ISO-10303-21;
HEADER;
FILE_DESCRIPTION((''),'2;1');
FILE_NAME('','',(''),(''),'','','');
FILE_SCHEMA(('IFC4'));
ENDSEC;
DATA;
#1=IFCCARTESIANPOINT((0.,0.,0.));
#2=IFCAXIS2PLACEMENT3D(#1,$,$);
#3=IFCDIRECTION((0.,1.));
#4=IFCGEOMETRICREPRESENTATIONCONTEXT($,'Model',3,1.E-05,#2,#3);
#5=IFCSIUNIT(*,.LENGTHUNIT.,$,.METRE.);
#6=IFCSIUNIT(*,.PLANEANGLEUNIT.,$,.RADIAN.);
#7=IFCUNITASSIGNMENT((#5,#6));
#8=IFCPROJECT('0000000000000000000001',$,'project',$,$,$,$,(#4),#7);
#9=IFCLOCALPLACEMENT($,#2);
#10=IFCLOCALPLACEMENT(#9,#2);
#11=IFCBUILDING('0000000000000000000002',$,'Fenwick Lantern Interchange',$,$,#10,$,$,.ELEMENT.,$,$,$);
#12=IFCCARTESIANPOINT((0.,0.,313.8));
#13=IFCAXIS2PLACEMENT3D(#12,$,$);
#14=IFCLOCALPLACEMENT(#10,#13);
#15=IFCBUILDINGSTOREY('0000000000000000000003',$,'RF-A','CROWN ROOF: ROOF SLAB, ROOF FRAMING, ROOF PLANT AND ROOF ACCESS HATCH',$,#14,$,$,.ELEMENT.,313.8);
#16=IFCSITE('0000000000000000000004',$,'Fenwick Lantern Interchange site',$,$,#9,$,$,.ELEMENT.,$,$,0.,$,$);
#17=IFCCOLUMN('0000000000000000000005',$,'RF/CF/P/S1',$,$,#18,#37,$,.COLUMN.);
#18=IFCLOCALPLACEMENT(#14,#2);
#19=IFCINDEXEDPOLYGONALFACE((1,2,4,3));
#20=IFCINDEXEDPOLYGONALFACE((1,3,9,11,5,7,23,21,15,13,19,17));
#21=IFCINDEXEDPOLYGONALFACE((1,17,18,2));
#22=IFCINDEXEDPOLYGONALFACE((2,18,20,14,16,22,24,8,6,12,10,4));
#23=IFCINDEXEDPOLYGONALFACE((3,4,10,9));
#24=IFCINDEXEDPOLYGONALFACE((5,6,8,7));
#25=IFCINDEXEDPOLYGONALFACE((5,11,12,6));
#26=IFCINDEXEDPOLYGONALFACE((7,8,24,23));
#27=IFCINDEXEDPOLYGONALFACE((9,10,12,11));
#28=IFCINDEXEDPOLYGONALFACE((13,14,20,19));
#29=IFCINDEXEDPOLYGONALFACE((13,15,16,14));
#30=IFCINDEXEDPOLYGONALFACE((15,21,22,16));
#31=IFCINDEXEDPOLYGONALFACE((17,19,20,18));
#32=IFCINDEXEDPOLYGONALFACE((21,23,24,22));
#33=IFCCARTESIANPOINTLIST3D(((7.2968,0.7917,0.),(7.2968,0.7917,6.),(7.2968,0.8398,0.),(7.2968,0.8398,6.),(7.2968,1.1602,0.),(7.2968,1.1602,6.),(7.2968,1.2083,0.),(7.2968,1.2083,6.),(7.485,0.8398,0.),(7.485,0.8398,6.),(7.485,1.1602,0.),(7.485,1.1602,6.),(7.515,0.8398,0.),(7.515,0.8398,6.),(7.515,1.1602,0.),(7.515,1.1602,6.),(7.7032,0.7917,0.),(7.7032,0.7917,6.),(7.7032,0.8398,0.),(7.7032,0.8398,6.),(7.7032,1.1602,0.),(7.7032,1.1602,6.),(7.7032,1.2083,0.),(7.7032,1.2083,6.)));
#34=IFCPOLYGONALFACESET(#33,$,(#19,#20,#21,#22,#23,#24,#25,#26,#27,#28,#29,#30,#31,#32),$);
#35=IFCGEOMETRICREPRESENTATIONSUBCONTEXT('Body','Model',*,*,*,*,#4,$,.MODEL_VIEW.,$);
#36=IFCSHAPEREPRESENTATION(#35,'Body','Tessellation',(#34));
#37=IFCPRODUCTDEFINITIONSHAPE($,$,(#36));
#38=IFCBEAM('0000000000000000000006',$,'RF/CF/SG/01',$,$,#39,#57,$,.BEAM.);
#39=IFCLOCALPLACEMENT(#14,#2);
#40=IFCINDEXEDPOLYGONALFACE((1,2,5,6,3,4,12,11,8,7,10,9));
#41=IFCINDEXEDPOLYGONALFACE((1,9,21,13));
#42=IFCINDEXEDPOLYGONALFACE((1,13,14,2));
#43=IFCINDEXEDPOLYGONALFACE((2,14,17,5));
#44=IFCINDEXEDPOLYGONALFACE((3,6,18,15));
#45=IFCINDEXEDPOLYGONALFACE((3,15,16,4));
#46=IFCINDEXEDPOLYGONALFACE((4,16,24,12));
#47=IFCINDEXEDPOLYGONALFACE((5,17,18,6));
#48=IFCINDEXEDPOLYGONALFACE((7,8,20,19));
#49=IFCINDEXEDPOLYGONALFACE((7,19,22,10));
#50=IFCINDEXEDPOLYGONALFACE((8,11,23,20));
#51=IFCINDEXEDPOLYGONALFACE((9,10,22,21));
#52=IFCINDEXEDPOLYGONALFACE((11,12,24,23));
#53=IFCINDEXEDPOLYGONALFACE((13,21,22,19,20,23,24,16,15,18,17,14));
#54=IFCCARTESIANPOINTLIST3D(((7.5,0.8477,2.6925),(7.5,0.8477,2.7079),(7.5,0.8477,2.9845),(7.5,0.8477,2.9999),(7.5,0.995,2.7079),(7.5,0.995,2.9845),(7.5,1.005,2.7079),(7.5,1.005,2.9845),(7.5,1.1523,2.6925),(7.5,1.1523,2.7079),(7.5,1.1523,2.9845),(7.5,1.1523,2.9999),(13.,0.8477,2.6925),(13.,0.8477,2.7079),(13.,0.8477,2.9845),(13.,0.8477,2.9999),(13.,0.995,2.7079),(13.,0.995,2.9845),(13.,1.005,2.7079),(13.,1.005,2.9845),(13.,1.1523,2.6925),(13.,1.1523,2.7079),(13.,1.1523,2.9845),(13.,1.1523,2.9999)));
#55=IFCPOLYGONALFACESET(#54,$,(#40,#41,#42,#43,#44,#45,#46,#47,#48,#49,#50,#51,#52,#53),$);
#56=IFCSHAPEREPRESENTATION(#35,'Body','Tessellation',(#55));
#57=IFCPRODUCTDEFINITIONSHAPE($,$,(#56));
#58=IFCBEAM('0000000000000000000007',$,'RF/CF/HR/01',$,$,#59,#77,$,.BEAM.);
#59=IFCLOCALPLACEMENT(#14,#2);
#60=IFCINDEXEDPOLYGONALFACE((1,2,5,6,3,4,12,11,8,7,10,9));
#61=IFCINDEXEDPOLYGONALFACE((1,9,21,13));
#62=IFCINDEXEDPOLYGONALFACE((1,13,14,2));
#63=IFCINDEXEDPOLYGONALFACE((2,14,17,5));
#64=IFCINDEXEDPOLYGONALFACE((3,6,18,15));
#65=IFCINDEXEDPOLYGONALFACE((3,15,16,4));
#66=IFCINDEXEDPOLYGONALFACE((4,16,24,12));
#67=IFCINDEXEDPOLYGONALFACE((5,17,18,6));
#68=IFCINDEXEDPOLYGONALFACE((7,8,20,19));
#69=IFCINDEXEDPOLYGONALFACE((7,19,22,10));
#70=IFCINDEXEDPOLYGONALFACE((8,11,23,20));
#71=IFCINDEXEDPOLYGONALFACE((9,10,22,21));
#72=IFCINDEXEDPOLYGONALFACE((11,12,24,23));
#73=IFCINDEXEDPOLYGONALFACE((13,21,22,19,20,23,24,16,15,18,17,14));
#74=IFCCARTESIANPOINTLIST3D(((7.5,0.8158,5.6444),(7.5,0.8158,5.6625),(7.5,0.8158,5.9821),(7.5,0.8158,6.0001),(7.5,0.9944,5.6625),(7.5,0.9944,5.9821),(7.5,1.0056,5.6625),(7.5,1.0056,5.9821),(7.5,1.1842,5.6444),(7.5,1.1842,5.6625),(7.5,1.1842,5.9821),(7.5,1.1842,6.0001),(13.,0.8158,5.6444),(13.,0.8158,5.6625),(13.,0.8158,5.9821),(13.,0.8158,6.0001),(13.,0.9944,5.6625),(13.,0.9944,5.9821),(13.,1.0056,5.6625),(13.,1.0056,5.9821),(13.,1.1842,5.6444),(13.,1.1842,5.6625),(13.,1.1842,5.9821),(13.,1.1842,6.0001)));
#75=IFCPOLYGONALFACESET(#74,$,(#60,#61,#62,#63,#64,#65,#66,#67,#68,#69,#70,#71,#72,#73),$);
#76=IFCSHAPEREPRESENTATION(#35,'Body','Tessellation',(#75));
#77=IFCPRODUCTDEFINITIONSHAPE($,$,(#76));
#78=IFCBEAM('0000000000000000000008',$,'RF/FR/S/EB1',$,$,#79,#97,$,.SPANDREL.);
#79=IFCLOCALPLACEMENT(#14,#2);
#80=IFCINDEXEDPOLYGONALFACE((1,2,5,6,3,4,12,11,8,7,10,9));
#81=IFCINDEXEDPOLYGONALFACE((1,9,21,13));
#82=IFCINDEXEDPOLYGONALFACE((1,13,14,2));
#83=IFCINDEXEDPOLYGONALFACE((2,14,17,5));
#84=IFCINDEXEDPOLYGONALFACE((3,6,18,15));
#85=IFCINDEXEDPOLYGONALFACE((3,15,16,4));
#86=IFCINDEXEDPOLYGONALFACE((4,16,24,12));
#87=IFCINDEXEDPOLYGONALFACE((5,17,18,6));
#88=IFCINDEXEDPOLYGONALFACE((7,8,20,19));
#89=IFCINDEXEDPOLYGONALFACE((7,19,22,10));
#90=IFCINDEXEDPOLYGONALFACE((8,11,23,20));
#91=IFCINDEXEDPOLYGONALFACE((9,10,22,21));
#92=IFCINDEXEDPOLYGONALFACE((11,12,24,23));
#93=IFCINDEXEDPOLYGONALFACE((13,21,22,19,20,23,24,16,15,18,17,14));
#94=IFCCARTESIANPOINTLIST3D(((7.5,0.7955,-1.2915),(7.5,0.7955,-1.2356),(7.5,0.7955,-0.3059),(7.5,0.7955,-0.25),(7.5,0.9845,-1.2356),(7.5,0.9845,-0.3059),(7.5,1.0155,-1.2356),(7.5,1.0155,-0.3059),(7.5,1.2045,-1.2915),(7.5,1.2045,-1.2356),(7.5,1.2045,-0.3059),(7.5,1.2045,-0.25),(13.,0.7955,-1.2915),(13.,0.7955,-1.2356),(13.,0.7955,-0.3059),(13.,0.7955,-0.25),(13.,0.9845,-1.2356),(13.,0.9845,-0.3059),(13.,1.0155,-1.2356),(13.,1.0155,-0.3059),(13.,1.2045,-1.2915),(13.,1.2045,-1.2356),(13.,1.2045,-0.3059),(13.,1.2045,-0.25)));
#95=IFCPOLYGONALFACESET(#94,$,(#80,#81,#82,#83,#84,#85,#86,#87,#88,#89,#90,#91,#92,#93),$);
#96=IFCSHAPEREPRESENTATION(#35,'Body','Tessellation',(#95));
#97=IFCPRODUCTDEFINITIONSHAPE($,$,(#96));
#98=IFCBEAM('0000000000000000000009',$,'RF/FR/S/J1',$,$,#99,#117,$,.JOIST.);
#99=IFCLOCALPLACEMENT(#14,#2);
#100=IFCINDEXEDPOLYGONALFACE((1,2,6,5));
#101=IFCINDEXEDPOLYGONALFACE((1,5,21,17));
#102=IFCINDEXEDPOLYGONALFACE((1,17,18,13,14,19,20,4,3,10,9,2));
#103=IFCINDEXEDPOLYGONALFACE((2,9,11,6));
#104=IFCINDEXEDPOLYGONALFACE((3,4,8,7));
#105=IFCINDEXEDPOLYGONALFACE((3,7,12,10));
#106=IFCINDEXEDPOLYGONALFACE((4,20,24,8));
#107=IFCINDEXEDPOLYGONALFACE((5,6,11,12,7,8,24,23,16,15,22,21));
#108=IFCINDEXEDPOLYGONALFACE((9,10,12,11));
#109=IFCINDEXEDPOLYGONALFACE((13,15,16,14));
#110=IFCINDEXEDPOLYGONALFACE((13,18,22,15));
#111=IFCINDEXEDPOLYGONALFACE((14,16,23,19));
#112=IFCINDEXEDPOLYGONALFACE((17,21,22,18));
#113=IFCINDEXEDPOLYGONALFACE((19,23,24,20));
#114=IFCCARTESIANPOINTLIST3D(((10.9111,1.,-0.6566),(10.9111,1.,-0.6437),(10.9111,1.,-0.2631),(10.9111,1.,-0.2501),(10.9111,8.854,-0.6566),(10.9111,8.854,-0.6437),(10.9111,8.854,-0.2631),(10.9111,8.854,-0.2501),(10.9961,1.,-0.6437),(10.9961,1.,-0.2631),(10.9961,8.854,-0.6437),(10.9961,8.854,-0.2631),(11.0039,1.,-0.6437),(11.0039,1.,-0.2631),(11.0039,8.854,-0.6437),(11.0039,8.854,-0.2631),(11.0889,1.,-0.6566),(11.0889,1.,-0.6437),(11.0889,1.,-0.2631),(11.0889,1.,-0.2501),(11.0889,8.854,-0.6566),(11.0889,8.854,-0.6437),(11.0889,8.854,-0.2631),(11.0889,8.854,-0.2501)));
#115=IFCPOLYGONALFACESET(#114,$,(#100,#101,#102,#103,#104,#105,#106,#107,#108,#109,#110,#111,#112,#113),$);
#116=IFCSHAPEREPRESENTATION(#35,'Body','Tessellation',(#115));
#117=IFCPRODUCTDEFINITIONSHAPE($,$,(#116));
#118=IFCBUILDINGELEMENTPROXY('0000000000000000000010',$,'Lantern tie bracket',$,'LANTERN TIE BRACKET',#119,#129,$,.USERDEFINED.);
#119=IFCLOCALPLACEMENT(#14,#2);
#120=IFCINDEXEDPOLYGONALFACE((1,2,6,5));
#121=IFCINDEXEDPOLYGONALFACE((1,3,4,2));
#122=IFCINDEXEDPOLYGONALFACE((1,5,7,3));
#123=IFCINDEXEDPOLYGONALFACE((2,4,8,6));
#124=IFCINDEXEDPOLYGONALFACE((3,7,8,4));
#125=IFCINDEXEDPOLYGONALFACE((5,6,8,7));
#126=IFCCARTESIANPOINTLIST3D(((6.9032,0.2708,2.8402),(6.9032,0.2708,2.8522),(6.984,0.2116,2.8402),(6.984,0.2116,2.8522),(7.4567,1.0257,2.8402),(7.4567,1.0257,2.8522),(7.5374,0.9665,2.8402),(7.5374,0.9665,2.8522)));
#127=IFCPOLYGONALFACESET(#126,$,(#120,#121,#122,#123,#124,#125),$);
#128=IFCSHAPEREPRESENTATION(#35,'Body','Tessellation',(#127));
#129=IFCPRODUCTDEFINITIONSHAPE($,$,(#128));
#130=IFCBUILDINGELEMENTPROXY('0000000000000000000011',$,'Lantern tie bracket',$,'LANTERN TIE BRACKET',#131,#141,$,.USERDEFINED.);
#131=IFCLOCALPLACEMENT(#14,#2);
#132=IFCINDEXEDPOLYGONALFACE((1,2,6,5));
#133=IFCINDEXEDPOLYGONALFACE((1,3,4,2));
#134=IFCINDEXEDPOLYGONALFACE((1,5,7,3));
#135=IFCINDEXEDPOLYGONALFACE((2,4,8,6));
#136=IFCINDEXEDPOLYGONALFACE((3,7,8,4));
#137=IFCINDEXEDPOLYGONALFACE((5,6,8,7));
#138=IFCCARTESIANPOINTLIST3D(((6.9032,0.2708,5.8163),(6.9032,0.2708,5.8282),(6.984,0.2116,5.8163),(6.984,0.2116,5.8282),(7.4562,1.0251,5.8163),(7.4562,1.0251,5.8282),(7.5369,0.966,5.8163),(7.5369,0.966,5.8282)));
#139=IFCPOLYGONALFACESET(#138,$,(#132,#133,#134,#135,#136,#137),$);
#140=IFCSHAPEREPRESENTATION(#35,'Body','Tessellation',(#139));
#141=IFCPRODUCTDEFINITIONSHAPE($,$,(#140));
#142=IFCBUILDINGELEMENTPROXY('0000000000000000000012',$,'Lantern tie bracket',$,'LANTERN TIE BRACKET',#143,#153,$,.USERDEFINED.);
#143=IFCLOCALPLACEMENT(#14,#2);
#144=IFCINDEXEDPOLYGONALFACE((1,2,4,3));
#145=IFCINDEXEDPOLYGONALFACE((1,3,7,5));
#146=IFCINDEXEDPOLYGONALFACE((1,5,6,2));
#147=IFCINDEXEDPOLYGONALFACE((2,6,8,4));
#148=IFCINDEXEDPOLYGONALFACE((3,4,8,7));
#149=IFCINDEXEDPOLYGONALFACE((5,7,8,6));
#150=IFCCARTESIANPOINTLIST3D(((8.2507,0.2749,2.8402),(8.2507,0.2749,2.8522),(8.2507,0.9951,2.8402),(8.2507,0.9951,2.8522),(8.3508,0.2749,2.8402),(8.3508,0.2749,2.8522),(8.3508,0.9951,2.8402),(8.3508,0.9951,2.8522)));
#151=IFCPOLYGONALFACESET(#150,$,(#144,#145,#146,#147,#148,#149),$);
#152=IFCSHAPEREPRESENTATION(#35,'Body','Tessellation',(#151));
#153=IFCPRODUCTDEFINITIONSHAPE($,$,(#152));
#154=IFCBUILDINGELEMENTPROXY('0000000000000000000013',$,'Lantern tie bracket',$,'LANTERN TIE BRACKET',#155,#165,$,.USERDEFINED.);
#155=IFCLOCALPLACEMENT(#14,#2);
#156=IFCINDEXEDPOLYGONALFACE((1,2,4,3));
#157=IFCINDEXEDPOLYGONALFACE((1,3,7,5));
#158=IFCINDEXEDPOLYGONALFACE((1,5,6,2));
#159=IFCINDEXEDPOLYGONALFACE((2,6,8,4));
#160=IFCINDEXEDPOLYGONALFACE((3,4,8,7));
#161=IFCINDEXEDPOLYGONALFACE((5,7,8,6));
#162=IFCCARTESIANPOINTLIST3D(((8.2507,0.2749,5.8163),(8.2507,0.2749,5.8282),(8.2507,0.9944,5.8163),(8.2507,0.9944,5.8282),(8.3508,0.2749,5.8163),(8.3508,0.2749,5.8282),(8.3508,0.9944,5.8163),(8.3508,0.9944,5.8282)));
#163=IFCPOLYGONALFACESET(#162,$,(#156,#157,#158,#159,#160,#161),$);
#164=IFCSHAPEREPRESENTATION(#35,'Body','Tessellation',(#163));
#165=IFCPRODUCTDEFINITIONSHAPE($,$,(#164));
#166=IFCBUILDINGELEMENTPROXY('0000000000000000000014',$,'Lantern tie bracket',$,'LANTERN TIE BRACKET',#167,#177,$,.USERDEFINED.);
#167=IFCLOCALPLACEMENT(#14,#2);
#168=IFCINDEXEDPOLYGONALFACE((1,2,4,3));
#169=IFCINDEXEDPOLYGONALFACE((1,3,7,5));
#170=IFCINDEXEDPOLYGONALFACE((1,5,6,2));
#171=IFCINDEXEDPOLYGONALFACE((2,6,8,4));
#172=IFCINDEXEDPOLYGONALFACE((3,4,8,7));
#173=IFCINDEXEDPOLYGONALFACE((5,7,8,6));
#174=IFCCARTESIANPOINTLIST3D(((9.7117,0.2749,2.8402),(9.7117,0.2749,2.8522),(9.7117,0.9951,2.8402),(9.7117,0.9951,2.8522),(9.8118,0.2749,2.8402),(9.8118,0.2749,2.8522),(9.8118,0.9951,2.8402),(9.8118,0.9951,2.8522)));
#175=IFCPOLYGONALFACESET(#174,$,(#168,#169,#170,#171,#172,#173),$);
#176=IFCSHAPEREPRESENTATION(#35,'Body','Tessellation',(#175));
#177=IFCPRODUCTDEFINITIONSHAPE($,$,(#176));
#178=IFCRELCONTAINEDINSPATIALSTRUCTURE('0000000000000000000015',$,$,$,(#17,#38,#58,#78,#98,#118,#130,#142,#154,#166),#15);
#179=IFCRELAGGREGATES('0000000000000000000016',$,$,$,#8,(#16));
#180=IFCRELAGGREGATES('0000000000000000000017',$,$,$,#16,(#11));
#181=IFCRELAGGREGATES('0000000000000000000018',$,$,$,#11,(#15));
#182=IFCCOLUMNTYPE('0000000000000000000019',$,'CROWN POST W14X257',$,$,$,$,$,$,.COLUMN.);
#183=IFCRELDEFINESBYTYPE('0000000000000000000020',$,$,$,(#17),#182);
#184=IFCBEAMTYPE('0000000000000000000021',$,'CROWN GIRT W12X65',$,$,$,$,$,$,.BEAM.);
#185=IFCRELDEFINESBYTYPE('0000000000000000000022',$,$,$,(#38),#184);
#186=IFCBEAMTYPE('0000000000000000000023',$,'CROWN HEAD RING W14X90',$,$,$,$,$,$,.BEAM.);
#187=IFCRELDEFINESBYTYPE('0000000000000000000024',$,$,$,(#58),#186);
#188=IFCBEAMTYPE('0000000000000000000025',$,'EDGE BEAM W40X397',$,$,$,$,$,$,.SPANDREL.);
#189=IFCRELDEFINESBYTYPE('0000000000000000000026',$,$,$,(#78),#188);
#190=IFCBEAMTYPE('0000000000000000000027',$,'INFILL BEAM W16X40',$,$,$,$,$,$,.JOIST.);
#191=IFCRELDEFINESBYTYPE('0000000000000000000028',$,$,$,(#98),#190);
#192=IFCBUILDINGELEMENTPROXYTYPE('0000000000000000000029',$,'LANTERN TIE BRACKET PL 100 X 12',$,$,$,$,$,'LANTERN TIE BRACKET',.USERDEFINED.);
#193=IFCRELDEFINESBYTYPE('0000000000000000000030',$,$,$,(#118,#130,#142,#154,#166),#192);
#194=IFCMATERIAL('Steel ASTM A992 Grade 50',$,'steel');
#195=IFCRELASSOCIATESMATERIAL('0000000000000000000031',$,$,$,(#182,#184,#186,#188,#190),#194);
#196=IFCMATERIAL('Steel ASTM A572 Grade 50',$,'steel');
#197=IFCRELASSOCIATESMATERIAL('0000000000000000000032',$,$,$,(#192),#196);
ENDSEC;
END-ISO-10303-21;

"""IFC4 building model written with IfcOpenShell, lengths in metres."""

from ifc_helpers import new_model, si_unit, direction, frame, origin, origin_2d, place, context, subcontext, project, spatial, rectangle, i_section, extrude, material, material_profile, profile_set, type_object, element, save


model = new_model("IFC4")

# Units and contexts
model_context = context("Model", 3, precision=1e-05, world=origin(), true_north=direction((0.0, 1.0)))
body_context = subcontext(model_context, "Body", "Model", "MODEL_VIEW")
ifc_project = project(units=[si_unit("LENGTHUNIT", "METRE"), si_unit("PLANEANGLEUNIT", "RADIAN")], contexts=[model_context])

# Site, building, storey
site_placement = place(None, origin())
site = spatial("IfcSite", under=ifc_project, at=site_placement, Name="Fenwick Lantern Interchange site", CompositionType="ELEMENT", RefElevation=0.0)
building_placement = place(site_placement, origin())
building = spatial("IfcBuilding", under=site, at=building_placement, Name="Fenwick Lantern Interchange", CompositionType="ELEMENT")
storey_placement = place(building_placement, frame((0.0, 0.0, 313.8)))
storey = spatial("IfcBuildingStorey", under=building, at=storey_placement, Name="RF-A", Description="CROWN ROOF: ROOF SLAB, ROOF FRAMING, ROOF PLANT AND ROOF ACCESS HATCH", CompositionType="ELEMENT", Elevation=313.8)

# Column
ifc_material_1 = material(Name="Steel ASTM A992 Grade 50", Category="steel")
ifc_material_profile_1 = material_profile(ifc_material_1, i_section(OverallWidth=0.4065, OverallDepth=0.4165, WebThickness=0.03, FlangeThickness=0.0481, at=origin_2d()), Name="W14X257")
ifc_profile_set_1 = profile_set([ifc_material_profile_1], Name="Steel ASTM A992 Grade 50")
column_type = type_object("IfcColumnType", Name="CROWN POST W14X257", PredefinedType="COLUMN", material=ifc_profile_set_1)
column_placement = place(storey_placement, frame((7.5, 1.0, 0.0), z_axis=(0.0, 0.0, 1.0), x_axis=(1.0, 0.0, 0.0)))
element("IfcColumn", 1, at=column_placement, inside=storey, type_object=column_type, Name="RF/CF/P/S1", PredefinedType="COLUMN", context=body_context, shape_type="SweptSolid", body=[
    extrude(i_section(OverallWidth=0.4065, OverallDepth=0.4165, WebThickness=0.03, FlangeThickness=0.0481, at=origin_2d()), origin(), (0.0, 0.0, 1.0), 6.0),
])

# Beams
ifc_material_profile_2 = material_profile(ifc_material_1, i_section(OverallWidth=0.3047, OverallDepth=0.3074, WebThickness=0.01, FlangeThickness=0.0154, at=origin_2d()), Name="W12X65")
ifc_profile_set_2 = profile_set([ifc_material_profile_2], Name="Steel ASTM A992 Grade 50")
beam_type_1 = type_object("IfcBeamType", Name="CROWN GIRT W12X65", PredefinedType="BEAM", material=ifc_profile_set_2)
beam_1_placement = place(storey_placement, frame((7.5, 1.0, 2.8462), z_axis=(1.0, 0.0, 0.0), x_axis=(0.0, 1.0, 0.0)))
element("IfcBeam", 2, at=beam_1_placement, inside=storey, type_object=beam_type_1, Name="RF/CF/SG/01", PredefinedType="BEAM", context=body_context, shape_type="SweptSolid", body=[
    extrude(i_section(OverallWidth=0.3047, OverallDepth=0.3074, WebThickness=0.01, FlangeThickness=0.0154, at=origin_2d()), origin(), (0.0, 0.0, 1.0), 5.5),
])
ifc_material_profile_3 = material_profile(ifc_material_1, i_section(OverallWidth=0.3684, OverallDepth=0.3557, WebThickness=0.0112, FlangeThickness=0.0181, at=origin_2d()), Name="W14X90")
ifc_profile_set_3 = profile_set([ifc_material_profile_3], Name="Steel ASTM A992 Grade 50")
beam_type_2 = type_object("IfcBeamType", Name="CROWN HEAD RING W14X90", PredefinedType="BEAM", material=ifc_profile_set_3)
beam_2_placement = place(storey_placement, frame((7.5, 1.0, 5.8223), z_axis=(1.0, 0.0, 0.0), x_axis=(0.0, 1.0, 0.0)))
element("IfcBeam", 3, at=beam_2_placement, inside=storey, type_object=beam_type_2, Name="RF/CF/HR/01", PredefinedType="BEAM", context=body_context, shape_type="SweptSolid", body=[
    extrude(i_section(OverallWidth=0.3684, OverallDepth=0.3557, WebThickness=0.0112, FlangeThickness=0.0181, at=origin_2d()), origin(), (0.0, 0.0, 1.0), 5.5),
])
ifc_material_profile_4 = material_profile(ifc_material_1, i_section(OverallWidth=0.4089, OverallDepth=1.0415, WebThickness=0.031, FlangeThickness=0.0559, at=origin_2d()), Name="W40X397")
ifc_profile_set_4 = profile_set([ifc_material_profile_4], Name="Steel ASTM A992 Grade 50")
beam_type_3 = type_object("IfcBeamType", Name="EDGE BEAM W40X397", PredefinedType="SPANDREL", material=ifc_profile_set_4)
beam_3_placement = place(storey_placement, frame((7.5, 1.0, -0.7708), z_axis=(1.0, 0.0, 0.0), x_axis=(0.0, 1.0, 0.0)))
element("IfcBeam", 4, at=beam_3_placement, inside=storey, type_object=beam_type_3, Name="RF/FR/S/EB1", PredefinedType="SPANDREL", context=body_context, shape_type="SweptSolid", body=[
    extrude(i_section(OverallWidth=0.4089, OverallDepth=1.0415, WebThickness=0.031, FlangeThickness=0.0559, at=origin_2d()), origin(), (0.0, 0.0, 1.0), 5.5),
])
ifc_material_profile_5 = material_profile(ifc_material_1, i_section(OverallWidth=0.1777, OverallDepth=0.4065, WebThickness=0.0078, FlangeThickness=0.0129, at=origin_2d()), Name="W16X40")
ifc_profile_set_5 = profile_set([ifc_material_profile_5], Name="Steel ASTM A992 Grade 50")
beam_type_4 = type_object("IfcBeamType", Name="INFILL BEAM W16X40", PredefinedType="JOIST", material=ifc_profile_set_5)
beam_4_placement = place(storey_placement, frame((11.0, 1.0, -0.4534), z_axis=(0.0, 1.0, 0.0), x_axis=(-1.0, 0.0, 0.0)))
element("IfcBeam", 5, at=beam_4_placement, inside=storey, type_object=beam_type_4, Name="RF/FR/S/J1", PredefinedType="JOIST", context=body_context, shape_type="SweptSolid", body=[
    extrude(i_section(OverallWidth=0.1777, OverallDepth=0.4065, WebThickness=0.0078, FlangeThickness=0.0129, at=origin_2d()), origin(), (0.0, 0.0, 1.0), 7.854),
])

# Building element proxies
ifc_material_2 = material(Name="Steel ASTM A572 Grade 50", Category="steel")
ifc_material_profile_6 = material_profile(ifc_material_2, rectangle(XDim=0.1001, YDim=0.012, at=origin_2d()), Name="PL100X12")
ifc_profile_set_6 = profile_set([ifc_material_profile_6], Name="Steel ASTM A572 Grade 50")
building_element_proxy_type = type_object("IfcBuildingElementProxyType", Name="LANTERN TIE BRACKET PL 100 X 12", ElementType="LANTERN TIE BRACKET", PredefinedType="USERDEFINED", material=ifc_profile_set_6)
proxy_1_placement = place(storey_placement, frame((6.9436, 0.2412, 2.8462), z_axis=(0.591285, 0.806463, 0.0), x_axis=(-0.806463, 0.591285, 0.0)))
element("IfcBuildingElementProxy", 6, at=proxy_1_placement, inside=storey, type_object=building_element_proxy_type, Name="Lantern tie bracket", ObjectType="LANTERN TIE BRACKET", PredefinedType="USERDEFINED", context=body_context, shape_type="SweptSolid", body=[
    extrude(rectangle(XDim=0.1001, YDim=0.012, at=origin_2d()), origin(), (0.0, 0.0, 1.0), 0.936),
])
proxy_2_placement = place(storey_placement, frame((6.9436, 0.2412, 5.8223), z_axis=(0.591194, 0.806529, 0.0), x_axis=(-0.806529, 0.591194, 0.0)))
element("IfcBuildingElementProxy", 7, at=proxy_2_placement, inside=storey, type_object=building_element_proxy_type, Name="Lantern tie bracket", ObjectType="LANTERN TIE BRACKET", PredefinedType="USERDEFINED", context=body_context, shape_type="SweptSolid", body=[
    extrude(rectangle(XDim=0.1001, YDim=0.012, at=origin_2d()), origin(), (0.0, 0.0, 1.0), 0.9353),
])
proxy_3_placement = place(storey_placement, frame((8.3008, 0.2749, 2.8462), z_axis=(0.0, 1.0, 0.0), x_axis=(-1.0, 0.0, 0.0)))
element("IfcBuildingElementProxy", 8, at=proxy_3_placement, inside=storey, type_object=building_element_proxy_type, Name="Lantern tie bracket", ObjectType="LANTERN TIE BRACKET", PredefinedType="USERDEFINED", context=body_context, shape_type="SweptSolid", body=[
    extrude(rectangle(XDim=0.1001, YDim=0.012, at=origin_2d()), origin(), (0.0, 0.0, 1.0), 0.7202),
])
proxy_4_placement = place(storey_placement, frame((8.3008, 0.2749, 5.8223), z_axis=(0.0, 1.0, 0.0), x_axis=(-1.0, 0.0, 0.0)))
element("IfcBuildingElementProxy", 9, at=proxy_4_placement, inside=storey, type_object=building_element_proxy_type, Name="Lantern tie bracket", ObjectType="LANTERN TIE BRACKET", PredefinedType="USERDEFINED", context=body_context, shape_type="SweptSolid", body=[
    extrude(rectangle(XDim=0.1001, YDim=0.012, at=origin_2d()), origin(), (0.0, 0.0, 1.0), 0.7195),
])
proxy_5_placement = place(storey_placement, frame((9.7617, 0.2749, 2.8462), z_axis=(0.0, 1.0, 0.0), x_axis=(-1.0, 0.0, 0.0)))
element("IfcBuildingElementProxy", 10, at=proxy_5_placement, inside=storey, type_object=building_element_proxy_type, Name="Lantern tie bracket", ObjectType="LANTERN TIE BRACKET", PredefinedType="USERDEFINED", context=body_context, shape_type="SweptSolid", body=[
    extrude(rectangle(XDim=0.1001, YDim=0.012, at=origin_2d()), origin(), (0.0, 0.0, 1.0), 0.7202),
])

save(model, "model.ifc")
